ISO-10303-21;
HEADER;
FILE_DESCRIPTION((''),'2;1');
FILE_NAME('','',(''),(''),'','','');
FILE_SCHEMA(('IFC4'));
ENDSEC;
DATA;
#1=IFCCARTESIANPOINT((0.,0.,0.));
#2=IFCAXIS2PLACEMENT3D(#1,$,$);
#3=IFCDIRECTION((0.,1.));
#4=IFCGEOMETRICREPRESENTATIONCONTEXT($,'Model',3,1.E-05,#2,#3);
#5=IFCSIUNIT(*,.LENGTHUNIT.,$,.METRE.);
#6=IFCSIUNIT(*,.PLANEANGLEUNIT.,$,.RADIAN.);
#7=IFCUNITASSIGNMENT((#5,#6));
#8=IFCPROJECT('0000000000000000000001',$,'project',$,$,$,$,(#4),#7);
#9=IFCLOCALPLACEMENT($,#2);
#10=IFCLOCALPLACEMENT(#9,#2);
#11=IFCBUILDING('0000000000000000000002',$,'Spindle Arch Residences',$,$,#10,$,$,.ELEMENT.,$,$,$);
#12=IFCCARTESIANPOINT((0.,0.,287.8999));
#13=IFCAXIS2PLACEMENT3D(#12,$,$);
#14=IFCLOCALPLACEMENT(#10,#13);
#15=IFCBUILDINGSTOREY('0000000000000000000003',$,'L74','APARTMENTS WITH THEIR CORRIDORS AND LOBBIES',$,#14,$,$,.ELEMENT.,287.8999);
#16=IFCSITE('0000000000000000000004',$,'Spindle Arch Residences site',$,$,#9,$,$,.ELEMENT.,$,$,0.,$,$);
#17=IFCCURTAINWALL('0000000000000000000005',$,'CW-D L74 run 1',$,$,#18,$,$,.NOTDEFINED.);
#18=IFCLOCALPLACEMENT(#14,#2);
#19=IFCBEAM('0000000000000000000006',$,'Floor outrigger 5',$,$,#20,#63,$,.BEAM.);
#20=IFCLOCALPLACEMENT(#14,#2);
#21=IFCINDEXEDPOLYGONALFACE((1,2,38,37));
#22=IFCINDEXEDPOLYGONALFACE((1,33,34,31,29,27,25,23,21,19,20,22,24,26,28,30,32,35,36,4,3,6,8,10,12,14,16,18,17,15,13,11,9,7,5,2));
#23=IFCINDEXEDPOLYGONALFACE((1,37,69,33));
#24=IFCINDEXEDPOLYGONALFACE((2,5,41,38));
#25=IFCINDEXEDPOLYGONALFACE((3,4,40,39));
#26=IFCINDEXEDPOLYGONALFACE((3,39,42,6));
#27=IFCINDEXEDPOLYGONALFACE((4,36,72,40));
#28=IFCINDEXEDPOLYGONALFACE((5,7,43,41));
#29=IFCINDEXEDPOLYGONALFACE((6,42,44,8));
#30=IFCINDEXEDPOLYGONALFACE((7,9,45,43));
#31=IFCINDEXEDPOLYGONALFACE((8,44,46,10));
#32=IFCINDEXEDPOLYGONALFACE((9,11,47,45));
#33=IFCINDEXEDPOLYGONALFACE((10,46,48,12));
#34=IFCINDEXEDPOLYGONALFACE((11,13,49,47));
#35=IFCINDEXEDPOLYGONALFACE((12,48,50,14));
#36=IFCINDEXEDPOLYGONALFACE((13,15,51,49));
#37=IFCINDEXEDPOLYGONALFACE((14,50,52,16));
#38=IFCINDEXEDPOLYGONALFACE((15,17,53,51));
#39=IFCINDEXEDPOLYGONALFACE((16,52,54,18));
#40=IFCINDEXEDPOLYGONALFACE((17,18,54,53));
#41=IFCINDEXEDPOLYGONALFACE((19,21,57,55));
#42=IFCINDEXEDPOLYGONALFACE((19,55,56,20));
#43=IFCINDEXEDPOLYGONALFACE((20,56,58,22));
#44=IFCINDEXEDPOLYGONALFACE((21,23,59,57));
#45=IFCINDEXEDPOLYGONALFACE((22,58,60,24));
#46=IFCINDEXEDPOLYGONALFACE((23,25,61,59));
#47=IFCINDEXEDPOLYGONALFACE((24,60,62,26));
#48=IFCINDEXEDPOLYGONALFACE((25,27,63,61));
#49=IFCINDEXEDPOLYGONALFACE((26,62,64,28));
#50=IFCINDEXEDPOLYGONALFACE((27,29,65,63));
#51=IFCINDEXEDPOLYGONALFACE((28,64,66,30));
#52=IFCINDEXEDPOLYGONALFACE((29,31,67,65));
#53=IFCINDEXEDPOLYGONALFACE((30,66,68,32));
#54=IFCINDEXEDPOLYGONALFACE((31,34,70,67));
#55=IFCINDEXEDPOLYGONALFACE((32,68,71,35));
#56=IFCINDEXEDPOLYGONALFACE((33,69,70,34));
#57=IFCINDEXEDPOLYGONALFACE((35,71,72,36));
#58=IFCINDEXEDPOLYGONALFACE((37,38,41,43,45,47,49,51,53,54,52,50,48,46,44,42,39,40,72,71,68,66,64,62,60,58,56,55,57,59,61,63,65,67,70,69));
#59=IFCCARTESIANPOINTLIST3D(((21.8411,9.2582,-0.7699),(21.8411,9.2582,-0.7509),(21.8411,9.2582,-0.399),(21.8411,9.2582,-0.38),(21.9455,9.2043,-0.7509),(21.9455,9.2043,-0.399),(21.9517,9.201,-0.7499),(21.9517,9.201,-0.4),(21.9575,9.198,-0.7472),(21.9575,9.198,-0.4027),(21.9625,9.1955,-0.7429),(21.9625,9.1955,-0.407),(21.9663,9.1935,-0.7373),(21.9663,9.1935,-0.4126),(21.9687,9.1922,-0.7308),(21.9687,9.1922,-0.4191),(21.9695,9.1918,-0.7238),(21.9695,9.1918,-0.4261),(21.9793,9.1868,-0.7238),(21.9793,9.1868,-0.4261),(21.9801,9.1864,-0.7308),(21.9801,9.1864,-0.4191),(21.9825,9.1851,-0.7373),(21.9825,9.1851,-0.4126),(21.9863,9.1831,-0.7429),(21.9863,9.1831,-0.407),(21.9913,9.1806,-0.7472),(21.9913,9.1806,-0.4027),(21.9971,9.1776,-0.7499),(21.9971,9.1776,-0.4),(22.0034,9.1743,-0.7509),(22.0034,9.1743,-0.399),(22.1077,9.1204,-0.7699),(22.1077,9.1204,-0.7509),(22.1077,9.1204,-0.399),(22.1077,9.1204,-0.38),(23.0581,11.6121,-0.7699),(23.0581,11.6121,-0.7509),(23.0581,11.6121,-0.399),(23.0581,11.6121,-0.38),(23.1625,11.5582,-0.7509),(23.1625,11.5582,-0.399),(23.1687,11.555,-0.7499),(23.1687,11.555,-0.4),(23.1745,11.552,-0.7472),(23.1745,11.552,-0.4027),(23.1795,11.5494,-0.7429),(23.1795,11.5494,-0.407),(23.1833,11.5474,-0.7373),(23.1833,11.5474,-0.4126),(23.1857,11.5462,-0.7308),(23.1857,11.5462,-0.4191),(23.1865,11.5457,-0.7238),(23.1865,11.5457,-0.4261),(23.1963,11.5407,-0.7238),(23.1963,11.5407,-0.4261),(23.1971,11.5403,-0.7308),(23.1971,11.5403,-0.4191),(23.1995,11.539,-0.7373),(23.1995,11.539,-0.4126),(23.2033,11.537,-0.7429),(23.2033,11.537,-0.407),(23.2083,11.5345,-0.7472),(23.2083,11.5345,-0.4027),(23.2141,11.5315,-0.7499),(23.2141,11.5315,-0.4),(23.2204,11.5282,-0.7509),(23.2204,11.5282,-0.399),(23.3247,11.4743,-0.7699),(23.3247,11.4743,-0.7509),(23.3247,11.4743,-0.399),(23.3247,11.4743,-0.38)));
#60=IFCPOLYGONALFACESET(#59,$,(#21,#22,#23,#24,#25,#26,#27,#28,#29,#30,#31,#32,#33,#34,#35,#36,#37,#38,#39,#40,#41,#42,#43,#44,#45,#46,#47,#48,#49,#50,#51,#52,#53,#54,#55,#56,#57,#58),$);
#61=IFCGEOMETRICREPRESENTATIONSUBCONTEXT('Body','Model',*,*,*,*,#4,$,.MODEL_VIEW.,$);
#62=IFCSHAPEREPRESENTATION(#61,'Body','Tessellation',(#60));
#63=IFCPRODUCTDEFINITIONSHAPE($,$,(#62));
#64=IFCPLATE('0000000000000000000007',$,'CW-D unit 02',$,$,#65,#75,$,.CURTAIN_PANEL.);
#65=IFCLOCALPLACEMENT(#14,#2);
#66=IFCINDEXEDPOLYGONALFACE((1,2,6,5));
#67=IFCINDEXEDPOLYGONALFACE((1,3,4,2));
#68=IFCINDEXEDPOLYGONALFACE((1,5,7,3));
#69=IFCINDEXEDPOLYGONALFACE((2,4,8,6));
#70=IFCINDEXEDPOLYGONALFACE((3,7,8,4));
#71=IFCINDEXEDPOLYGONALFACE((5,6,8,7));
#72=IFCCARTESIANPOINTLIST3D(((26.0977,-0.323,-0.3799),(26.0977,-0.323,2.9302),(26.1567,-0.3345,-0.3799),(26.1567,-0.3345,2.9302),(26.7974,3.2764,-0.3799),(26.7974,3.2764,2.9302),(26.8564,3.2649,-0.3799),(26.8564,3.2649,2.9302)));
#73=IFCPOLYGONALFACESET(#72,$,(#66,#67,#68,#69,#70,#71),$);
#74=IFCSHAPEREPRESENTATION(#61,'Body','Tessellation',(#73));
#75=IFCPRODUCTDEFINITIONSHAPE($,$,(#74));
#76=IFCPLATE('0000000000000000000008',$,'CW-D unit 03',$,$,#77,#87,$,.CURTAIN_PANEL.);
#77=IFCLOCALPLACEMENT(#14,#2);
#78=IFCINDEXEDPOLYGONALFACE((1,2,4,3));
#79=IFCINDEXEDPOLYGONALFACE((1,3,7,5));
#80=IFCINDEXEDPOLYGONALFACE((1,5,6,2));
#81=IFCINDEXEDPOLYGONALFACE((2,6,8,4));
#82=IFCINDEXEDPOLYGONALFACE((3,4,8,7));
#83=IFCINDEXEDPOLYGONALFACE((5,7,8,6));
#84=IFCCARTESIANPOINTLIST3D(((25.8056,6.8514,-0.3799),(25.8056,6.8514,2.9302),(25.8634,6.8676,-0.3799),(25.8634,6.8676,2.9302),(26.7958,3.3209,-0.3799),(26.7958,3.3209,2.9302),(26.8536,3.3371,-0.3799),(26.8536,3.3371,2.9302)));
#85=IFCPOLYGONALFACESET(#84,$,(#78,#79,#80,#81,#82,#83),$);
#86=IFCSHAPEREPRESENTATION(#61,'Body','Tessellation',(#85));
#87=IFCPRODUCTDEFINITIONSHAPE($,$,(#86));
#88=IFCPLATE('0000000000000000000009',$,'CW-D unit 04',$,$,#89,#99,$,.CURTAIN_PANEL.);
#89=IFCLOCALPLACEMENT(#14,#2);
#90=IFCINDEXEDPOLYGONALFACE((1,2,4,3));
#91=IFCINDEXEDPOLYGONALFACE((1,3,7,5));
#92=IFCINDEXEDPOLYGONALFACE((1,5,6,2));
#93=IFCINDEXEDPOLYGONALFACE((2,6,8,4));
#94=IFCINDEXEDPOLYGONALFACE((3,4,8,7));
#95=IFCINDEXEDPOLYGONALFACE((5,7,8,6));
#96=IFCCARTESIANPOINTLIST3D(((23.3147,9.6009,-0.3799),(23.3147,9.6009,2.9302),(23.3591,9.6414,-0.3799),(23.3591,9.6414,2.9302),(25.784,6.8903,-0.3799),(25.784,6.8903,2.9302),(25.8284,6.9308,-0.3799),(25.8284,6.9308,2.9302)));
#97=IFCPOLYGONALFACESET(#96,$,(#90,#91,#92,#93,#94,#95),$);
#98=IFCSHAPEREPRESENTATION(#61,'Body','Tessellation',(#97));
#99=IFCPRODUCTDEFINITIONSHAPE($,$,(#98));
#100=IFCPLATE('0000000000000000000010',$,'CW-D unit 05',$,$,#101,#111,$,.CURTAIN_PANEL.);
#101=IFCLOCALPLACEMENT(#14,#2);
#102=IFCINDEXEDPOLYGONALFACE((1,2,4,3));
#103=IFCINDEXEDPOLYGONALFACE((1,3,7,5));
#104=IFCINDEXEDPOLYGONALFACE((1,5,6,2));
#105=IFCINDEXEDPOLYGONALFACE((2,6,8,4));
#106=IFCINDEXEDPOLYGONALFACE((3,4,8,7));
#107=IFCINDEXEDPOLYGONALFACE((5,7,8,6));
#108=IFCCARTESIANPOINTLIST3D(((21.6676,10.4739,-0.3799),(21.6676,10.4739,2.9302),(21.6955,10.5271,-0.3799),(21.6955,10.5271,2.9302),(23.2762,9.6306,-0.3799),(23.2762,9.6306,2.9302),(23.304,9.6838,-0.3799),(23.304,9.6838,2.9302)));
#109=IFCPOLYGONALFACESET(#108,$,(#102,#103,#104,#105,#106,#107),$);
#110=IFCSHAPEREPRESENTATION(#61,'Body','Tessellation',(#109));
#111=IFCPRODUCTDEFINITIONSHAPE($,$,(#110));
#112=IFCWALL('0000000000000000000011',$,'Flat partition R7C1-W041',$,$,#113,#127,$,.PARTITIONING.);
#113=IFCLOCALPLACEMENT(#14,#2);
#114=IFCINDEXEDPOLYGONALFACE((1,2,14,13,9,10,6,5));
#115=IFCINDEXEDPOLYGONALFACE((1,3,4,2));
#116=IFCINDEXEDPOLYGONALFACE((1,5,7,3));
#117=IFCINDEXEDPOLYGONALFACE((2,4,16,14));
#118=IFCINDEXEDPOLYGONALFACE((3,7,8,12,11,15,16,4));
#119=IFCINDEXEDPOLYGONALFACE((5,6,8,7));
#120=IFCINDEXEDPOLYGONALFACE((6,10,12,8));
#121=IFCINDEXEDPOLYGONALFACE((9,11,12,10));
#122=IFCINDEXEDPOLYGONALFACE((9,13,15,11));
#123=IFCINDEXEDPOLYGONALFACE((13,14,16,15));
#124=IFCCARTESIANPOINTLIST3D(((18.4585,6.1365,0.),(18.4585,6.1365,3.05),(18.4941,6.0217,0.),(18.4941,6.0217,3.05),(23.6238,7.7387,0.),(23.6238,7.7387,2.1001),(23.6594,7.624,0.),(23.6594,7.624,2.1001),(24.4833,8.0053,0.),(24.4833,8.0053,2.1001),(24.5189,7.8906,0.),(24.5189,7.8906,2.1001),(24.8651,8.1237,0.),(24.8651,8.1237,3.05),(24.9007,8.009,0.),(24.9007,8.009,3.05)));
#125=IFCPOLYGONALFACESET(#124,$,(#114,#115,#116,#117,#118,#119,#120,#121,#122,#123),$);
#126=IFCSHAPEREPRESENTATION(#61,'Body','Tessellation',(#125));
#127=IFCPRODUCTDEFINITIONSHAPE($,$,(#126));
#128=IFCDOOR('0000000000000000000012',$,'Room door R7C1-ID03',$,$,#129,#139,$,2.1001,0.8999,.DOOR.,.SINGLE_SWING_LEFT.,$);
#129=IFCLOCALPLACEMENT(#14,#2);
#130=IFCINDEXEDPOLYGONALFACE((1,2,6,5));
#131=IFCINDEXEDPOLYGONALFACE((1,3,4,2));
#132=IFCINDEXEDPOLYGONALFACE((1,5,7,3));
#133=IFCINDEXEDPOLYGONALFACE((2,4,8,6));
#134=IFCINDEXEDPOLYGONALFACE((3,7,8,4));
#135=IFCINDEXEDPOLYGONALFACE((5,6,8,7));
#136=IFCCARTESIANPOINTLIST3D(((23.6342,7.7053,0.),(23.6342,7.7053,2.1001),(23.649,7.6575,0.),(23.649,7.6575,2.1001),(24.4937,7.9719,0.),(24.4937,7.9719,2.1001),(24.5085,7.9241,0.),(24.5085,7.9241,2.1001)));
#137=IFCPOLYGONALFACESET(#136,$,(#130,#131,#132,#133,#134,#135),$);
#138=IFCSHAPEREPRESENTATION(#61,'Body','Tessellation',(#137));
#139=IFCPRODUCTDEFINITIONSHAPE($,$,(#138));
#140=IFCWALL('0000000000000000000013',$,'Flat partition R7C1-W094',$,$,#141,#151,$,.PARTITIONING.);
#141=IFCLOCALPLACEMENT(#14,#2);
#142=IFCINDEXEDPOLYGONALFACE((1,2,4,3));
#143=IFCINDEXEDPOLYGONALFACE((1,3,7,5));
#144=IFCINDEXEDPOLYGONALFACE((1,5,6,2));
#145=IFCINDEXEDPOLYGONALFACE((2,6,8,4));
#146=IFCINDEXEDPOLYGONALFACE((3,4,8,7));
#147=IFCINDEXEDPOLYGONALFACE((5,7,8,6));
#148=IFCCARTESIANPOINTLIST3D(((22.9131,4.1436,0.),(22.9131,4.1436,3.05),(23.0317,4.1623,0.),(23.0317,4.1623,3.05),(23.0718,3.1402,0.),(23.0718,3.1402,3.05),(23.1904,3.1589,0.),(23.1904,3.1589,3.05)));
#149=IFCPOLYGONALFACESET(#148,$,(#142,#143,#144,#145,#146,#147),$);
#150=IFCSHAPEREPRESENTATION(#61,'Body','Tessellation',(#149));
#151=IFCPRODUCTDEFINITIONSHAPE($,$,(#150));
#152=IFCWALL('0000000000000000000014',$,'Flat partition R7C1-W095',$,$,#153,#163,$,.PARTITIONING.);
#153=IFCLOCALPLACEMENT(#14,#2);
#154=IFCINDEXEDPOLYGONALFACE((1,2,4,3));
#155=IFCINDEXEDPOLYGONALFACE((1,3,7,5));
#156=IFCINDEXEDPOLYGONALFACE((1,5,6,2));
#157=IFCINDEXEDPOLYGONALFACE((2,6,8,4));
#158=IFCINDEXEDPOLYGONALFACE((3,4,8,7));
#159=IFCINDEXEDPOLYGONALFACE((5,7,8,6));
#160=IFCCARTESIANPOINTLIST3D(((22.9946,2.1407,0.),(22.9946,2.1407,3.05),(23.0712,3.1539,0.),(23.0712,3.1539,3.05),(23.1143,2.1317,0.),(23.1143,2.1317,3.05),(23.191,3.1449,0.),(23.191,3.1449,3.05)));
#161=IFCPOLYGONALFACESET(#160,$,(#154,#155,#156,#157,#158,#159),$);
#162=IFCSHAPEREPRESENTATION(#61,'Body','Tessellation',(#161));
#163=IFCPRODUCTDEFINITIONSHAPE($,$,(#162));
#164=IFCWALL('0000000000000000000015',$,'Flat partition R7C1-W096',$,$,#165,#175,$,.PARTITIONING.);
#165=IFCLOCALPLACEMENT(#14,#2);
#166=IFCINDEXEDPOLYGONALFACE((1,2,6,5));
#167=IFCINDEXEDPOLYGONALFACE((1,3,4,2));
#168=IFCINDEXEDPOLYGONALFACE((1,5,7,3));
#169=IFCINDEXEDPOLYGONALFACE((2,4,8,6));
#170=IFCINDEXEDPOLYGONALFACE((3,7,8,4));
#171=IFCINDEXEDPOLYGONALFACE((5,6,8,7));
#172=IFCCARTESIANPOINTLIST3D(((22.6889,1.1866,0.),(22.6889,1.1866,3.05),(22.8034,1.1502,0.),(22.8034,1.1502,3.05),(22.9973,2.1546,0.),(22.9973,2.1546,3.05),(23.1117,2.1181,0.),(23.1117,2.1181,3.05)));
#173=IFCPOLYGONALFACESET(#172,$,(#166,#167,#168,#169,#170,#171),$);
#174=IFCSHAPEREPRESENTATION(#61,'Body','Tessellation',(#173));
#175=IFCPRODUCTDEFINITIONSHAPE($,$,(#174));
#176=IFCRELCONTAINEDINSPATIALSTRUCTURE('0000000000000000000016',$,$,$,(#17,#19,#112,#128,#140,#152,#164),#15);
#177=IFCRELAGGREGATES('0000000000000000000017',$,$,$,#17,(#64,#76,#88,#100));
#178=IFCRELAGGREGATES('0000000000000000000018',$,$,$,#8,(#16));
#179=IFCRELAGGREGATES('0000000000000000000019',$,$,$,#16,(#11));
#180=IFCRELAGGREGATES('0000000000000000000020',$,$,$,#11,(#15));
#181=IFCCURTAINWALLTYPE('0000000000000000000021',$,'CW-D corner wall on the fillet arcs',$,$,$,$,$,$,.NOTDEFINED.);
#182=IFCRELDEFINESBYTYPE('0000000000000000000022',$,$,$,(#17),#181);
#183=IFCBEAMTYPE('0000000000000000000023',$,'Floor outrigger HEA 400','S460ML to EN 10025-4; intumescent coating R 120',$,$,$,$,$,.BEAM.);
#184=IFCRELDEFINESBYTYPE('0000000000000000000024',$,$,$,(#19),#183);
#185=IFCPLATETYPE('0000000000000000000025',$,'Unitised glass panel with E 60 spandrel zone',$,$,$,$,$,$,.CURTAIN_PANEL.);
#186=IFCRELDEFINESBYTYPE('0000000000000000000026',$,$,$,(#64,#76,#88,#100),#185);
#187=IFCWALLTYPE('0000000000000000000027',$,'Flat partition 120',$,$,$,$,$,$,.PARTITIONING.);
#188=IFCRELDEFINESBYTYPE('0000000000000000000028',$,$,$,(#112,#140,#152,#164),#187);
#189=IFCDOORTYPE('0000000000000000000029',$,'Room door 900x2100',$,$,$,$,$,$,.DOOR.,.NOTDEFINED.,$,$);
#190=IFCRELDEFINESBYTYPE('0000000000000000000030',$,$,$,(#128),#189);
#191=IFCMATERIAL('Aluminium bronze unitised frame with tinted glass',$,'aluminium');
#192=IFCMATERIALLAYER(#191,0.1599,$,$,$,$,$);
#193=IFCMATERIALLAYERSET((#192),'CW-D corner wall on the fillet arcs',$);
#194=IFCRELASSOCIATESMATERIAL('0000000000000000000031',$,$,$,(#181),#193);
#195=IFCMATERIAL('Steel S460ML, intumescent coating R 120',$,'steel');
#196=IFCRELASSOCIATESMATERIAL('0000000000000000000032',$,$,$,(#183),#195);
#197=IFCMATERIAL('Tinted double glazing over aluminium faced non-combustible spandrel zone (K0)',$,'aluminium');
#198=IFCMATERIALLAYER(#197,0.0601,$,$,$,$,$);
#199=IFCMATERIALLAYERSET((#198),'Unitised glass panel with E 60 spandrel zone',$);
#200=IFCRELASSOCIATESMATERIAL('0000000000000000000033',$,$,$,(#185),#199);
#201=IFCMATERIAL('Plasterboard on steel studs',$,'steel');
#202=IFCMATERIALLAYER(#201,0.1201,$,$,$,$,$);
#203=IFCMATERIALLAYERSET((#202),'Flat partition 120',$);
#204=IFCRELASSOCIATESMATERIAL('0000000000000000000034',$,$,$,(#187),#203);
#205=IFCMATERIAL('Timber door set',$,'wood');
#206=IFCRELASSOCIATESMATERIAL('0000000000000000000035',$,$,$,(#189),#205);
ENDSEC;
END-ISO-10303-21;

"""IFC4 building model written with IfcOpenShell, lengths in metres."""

from ifc_helpers import new_model, si_unit, direction, frame, frame_2d, origin, origin_2d, place, context, subcontext, project, spatial, rectangle, i_section, extrude, material, layer, layer_set, material_profile, profile_set, type_object, element, fill, aggregate, save


model = new_model("IFC4")

# Units and contexts
model_context = context("Model", 3, precision=1e-05, world=origin(), true_north=direction((0.0, 1.0)))
body_context = subcontext(model_context, "Body", "Model", "MODEL_VIEW")
ifc_project = project(units=[si_unit("LENGTHUNIT", "METRE"), si_unit("PLANEANGLEUNIT", "RADIAN")], contexts=[model_context])

# Site, building, storey
site_placement = place(None, origin())
site = spatial("IfcSite", under=ifc_project, at=site_placement, Name="Spindle Arch Residences site", CompositionType="ELEMENT", RefElevation=0.0)
building_placement = place(site_placement, origin())
building = spatial("IfcBuilding", under=site, at=building_placement, Name="Spindle Arch Residences", CompositionType="ELEMENT")
storey_placement = place(building_placement, frame((0.0, 0.0, 287.8999)))
storey = spatial("IfcBuildingStorey", under=building, at=storey_placement, Name="L74", Description="APARTMENTS WITH THEIR CORRIDORS AND LOBBIES", CompositionType="ELEMENT", Elevation=287.8999)

# Curtain wall
ifc_material_1 = material(Name="Aluminium bronze unitised frame with tinted glass", Category="aluminium")
ifc_layer_1 = layer(ifc_material_1, 0.1599)
ifc_layer_set_1 = layer_set([ifc_layer_1], Name="CW-D corner wall on the fillet arcs")
curtain_wall_type = type_object("IfcCurtainWallType", Name="CW-D corner wall on the fillet arcs", PredefinedType="NOTDEFINED", material=ifc_layer_set_1)
curtain_wall_placement = place(storey_placement, origin())
curtain_wall = element("IfcCurtainWall", 1, at=curtain_wall_placement, inside=storey, type_object=curtain_wall_type, Name="CW-D L74 run 1", PredefinedType="NOTDEFINED")

# Beam
ifc_material_2 = material(Name="Steel S460ML, intumescent coating R 120", Category="steel")
ifc_material_profile_1 = material_profile(ifc_material_2, i_section(OverallWidth=0.3, OverallDepth=0.3899, WebThickness=0.011, FlangeThickness=0.019, FilletRadius=0.0271, at=origin_2d()), Name="HEA 400")
ifc_profile_set_1 = profile_set([ifc_material_profile_1], Name="Steel S460ML, intumescent coating R 120")
beam_type_1 = type_object("IfcBeamType", Name="Floor outrigger HEA 400", Description="S460ML to EN 10025-4; intumescent coating R 120", PredefinedType="BEAM", material=ifc_profile_set_1)
for number, where, z_axis, x_axis, name in (
    (2, (23.1914, 11.5432, -0.575), (-0.45926, -0.888302, 0.0), (0.888302, -0.45926, 0.0), "Floor outrigger 5"),
):
    element("IfcBeam", number, at=place(storey_placement, frame(where, z_axis=z_axis, x_axis=x_axis)), inside=storey, type_object=beam_type_1, Name=name, PredefinedType="BEAM", context=body_context, shape_type="SweptSolid", body=[
        extrude(i_section(OverallWidth=0.3, OverallDepth=0.3899, WebThickness=0.011, FlangeThickness=0.019, FilletRadius=0.0271, at=origin_2d()), origin(), (0.0, 0.0, 1.0), 2.6499),
    ])

# Plates
ifc_material_3 = material(Name="Tinted double glazing over aluminium faced non-combustible spandrel zone (K0)", Category="aluminium")
ifc_layer_2 = layer(ifc_material_3, 0.0601)
ifc_layer_set_2 = layer_set([ifc_layer_2], Name="Unitised glass panel with E 60 spandrel zone")
plate_type = type_object("IfcPlateType", Name="Unitised glass panel with E 60 spandrel zone", PredefinedType="CURTAIN_PANEL", material=ifc_layer_set_2)
plate_1_placement = place(storey_placement, frame((26.4771, 1.4709, -0.3799), z_axis=(0.0, 0.0, 1.0), x_axis=(0.190809, 0.981627, 0.0)))
plate_1 = element("IfcPlate", 3, at=plate_1_placement, type_object=plate_type, Name="CW-D unit 02", PredefinedType="CURTAIN_PANEL", context=body_context, shape_type="SweptSolid", body=[
    extrude(rectangle(XDim=3.6667, YDim=0.0601, at=origin_2d()), origin(), (0.0, 0.0, 1.0), 3.3101),
])
plate_2_placement = place(storey_placement, frame((26.3296, 5.0942, -0.3799), z_axis=(0.0, 0.0, 1.0), x_axis=(-0.27004, 0.962849, 0.0)))
plate_2 = element("IfcPlate", 4, at=plate_2_placement, type_object=plate_type, Name="CW-D unit 03", PredefinedType="CURTAIN_PANEL", context=body_context, shape_type="SweptSolid", body=[
    extrude(rectangle(XDim=3.6667, YDim=0.0601, at=origin_2d()), origin(), (0.0, 0.0, 1.0), 3.3101),
])
plate_3_placement = place(storey_placement, frame((24.5715, 8.2659, -0.3799), z_axis=(0.0, 0.0, 1.0), x_axis=(-0.673443, 0.739239, 0.0)))
plate_3 = element("IfcPlate", 5, at=plate_3_placement, type_object=plate_type, Name="CW-D unit 04", PredefinedType="CURTAIN_PANEL", context=body_context, shape_type="SweptSolid", body=[
    extrude(rectangle(XDim=3.6667, YDim=0.0601, at=origin_2d()), origin(), (0.0, 0.0, 1.0), 3.3101),
])
plate_4_placement = place(storey_placement, frame((22.4858, 10.0789, -0.3799), z_axis=(0.0, 0.0, 1.0), x_axis=(-0.885664, 0.464327, 0.0)))
plate_4 = element("IfcPlate", 6, at=plate_4_placement, type_object=plate_type, Name="CW-D unit 05", PredefinedType="CURTAIN_PANEL", context=body_context, shape_type="SweptSolid", body=[
    extrude(rectangle(XDim=1.8162, YDim=0.0601, at=origin_2d()), origin(), (0.0, 0.0, 1.0), 3.3101),
])
aggregate(curtain_wall, [plate_1, plate_2, plate_3, plate_4])

# Wall, opening, door
ifc_material_4 = material(Name="Plasterboard on steel studs", Category="steel")
ifc_layer_3 = layer(ifc_material_4, 0.1201)
ifc_layer_set_3 = layer_set([ifc_layer_3], Name="Flat partition 120")
wall_type = type_object("IfcWallType", Name="Flat partition 120", PredefinedType="PARTITIONING", material=ifc_layer_set_3)
wall_1_placement = place(storey_placement, frame((24.8831, 8.0664, 0.0), z_axis=(0.0, 0.0, 1.0), x_axis=(-0.955106, -0.296264, 0.0)))
wall_1 = element("IfcWall", 7, at=wall_1_placement, inside=storey, type_object=wall_type, Name="Flat partition R7C1-W041", PredefinedType="PARTITIONING", context=body_context, shape_type="SweptSolid", body=[
    extrude(rectangle(XDim=6.7078, YDim=0.1201, at=frame_2d((3.354, 0.0))), origin(), (0.0, 0.0, 1.0), 3.05),
])
opening_placement = place(wall_1_placement, frame((0.3999, 0.0, 0.0)))
opening = element("IfcOpeningElement", 8, at=opening_placement, cuts=wall_1, PredefinedType="OPENING", context=body_context, shape_type="SweptSolid", body=[
    extrude(rectangle(XDim=0.8999, YDim=2.1001, at=frame_2d((0.45, 1.05))), frame((0.0, 0.0701, 0.0), z_axis=(0.0, -1.0, 0.0), x_axis=(1.0, 0.0, 0.0)), (0.0, 0.0, 1.0), 0.1401),
])
ifc_material_5 = material(Name="Timber door set", Category="wood")
door_type = type_object("IfcDoorType", Name="Room door 900x2100", OperationType="NOTDEFINED", PredefinedType="DOOR", material=ifc_material_5)
door_placement = place(opening_placement, origin())
door = element("IfcDoor", 9, at=door_placement, inside=storey, type_object=door_type, Name="Room door R7C1-ID03", OperationType="SINGLE_SWING_LEFT", OverallHeight=2.1001, OverallWidth=0.8999, PredefinedType="DOOR", context=body_context, shape_type="SweptSolid", body=[
    extrude(rectangle(XDim=0.8999, YDim=2.1001, at=frame_2d((0.45, 1.05))), frame((0.0, 0.0249, 0.0), z_axis=(0.0, -1.0, 0.0), x_axis=(1.0, 0.0, 0.0)), (0.0, 0.0, 1.0), 0.05),
])
fill(opening, door)

# Walls
wall_2_placement = place(storey_placement, frame((22.9724, 4.1528, 0.0), z_axis=(0.0, 0.0, 1.0), x_axis=(0.156209, -0.987724, 0.0)))
element("IfcWall", 10, at=wall_2_placement, inside=storey, type_object=wall_type, Name="Flat partition R7C1-W094", PredefinedType="PARTITIONING", context=body_context, shape_type="SweptSolid", body=[
    extrude(rectangle(XDim=1.0159, YDim=0.1201, at=frame_2d((0.5078, 0.0))), origin(), (0.0, 0.0, 1.0), 3.05),
])
wall_3_placement = place(storey_placement, frame((23.1311, 3.1494, 0.0), z_axis=(0.0, 0.0, 1.0), x_axis=(-0.075447, -0.99715, 0.0)))
element("IfcWall", 11, at=wall_3_placement, inside=storey, type_object=wall_type, Name="Flat partition R7C1-W095", PredefinedType="PARTITIONING", context=body_context, shape_type="SweptSolid", body=[
    extrude(rectangle(XDim=1.0161, YDim=0.1201, at=frame_2d((0.5081, 0.0))), origin(), (0.0, 0.0, 1.0), 3.05),
])
wall_4_placement = place(storey_placement, frame((23.0544, 2.1362, 0.0), z_axis=(0.0, 0.0, 1.0), x_axis=(-0.303511, -0.952828, 0.0)))
element("IfcWall", 12, at=wall_4_placement, inside=storey, type_object=wall_type, Name="Flat partition R7C1-W096", PredefinedType="PARTITIONING", context=body_context, shape_type="SweptSolid", body=[
    extrude(rectangle(XDim=1.0159, YDim=0.1201, at=frame_2d((0.5078, 0.0))), origin(), (0.0, 0.0, 1.0), 3.05),
])

save(model, "model.ifc")
